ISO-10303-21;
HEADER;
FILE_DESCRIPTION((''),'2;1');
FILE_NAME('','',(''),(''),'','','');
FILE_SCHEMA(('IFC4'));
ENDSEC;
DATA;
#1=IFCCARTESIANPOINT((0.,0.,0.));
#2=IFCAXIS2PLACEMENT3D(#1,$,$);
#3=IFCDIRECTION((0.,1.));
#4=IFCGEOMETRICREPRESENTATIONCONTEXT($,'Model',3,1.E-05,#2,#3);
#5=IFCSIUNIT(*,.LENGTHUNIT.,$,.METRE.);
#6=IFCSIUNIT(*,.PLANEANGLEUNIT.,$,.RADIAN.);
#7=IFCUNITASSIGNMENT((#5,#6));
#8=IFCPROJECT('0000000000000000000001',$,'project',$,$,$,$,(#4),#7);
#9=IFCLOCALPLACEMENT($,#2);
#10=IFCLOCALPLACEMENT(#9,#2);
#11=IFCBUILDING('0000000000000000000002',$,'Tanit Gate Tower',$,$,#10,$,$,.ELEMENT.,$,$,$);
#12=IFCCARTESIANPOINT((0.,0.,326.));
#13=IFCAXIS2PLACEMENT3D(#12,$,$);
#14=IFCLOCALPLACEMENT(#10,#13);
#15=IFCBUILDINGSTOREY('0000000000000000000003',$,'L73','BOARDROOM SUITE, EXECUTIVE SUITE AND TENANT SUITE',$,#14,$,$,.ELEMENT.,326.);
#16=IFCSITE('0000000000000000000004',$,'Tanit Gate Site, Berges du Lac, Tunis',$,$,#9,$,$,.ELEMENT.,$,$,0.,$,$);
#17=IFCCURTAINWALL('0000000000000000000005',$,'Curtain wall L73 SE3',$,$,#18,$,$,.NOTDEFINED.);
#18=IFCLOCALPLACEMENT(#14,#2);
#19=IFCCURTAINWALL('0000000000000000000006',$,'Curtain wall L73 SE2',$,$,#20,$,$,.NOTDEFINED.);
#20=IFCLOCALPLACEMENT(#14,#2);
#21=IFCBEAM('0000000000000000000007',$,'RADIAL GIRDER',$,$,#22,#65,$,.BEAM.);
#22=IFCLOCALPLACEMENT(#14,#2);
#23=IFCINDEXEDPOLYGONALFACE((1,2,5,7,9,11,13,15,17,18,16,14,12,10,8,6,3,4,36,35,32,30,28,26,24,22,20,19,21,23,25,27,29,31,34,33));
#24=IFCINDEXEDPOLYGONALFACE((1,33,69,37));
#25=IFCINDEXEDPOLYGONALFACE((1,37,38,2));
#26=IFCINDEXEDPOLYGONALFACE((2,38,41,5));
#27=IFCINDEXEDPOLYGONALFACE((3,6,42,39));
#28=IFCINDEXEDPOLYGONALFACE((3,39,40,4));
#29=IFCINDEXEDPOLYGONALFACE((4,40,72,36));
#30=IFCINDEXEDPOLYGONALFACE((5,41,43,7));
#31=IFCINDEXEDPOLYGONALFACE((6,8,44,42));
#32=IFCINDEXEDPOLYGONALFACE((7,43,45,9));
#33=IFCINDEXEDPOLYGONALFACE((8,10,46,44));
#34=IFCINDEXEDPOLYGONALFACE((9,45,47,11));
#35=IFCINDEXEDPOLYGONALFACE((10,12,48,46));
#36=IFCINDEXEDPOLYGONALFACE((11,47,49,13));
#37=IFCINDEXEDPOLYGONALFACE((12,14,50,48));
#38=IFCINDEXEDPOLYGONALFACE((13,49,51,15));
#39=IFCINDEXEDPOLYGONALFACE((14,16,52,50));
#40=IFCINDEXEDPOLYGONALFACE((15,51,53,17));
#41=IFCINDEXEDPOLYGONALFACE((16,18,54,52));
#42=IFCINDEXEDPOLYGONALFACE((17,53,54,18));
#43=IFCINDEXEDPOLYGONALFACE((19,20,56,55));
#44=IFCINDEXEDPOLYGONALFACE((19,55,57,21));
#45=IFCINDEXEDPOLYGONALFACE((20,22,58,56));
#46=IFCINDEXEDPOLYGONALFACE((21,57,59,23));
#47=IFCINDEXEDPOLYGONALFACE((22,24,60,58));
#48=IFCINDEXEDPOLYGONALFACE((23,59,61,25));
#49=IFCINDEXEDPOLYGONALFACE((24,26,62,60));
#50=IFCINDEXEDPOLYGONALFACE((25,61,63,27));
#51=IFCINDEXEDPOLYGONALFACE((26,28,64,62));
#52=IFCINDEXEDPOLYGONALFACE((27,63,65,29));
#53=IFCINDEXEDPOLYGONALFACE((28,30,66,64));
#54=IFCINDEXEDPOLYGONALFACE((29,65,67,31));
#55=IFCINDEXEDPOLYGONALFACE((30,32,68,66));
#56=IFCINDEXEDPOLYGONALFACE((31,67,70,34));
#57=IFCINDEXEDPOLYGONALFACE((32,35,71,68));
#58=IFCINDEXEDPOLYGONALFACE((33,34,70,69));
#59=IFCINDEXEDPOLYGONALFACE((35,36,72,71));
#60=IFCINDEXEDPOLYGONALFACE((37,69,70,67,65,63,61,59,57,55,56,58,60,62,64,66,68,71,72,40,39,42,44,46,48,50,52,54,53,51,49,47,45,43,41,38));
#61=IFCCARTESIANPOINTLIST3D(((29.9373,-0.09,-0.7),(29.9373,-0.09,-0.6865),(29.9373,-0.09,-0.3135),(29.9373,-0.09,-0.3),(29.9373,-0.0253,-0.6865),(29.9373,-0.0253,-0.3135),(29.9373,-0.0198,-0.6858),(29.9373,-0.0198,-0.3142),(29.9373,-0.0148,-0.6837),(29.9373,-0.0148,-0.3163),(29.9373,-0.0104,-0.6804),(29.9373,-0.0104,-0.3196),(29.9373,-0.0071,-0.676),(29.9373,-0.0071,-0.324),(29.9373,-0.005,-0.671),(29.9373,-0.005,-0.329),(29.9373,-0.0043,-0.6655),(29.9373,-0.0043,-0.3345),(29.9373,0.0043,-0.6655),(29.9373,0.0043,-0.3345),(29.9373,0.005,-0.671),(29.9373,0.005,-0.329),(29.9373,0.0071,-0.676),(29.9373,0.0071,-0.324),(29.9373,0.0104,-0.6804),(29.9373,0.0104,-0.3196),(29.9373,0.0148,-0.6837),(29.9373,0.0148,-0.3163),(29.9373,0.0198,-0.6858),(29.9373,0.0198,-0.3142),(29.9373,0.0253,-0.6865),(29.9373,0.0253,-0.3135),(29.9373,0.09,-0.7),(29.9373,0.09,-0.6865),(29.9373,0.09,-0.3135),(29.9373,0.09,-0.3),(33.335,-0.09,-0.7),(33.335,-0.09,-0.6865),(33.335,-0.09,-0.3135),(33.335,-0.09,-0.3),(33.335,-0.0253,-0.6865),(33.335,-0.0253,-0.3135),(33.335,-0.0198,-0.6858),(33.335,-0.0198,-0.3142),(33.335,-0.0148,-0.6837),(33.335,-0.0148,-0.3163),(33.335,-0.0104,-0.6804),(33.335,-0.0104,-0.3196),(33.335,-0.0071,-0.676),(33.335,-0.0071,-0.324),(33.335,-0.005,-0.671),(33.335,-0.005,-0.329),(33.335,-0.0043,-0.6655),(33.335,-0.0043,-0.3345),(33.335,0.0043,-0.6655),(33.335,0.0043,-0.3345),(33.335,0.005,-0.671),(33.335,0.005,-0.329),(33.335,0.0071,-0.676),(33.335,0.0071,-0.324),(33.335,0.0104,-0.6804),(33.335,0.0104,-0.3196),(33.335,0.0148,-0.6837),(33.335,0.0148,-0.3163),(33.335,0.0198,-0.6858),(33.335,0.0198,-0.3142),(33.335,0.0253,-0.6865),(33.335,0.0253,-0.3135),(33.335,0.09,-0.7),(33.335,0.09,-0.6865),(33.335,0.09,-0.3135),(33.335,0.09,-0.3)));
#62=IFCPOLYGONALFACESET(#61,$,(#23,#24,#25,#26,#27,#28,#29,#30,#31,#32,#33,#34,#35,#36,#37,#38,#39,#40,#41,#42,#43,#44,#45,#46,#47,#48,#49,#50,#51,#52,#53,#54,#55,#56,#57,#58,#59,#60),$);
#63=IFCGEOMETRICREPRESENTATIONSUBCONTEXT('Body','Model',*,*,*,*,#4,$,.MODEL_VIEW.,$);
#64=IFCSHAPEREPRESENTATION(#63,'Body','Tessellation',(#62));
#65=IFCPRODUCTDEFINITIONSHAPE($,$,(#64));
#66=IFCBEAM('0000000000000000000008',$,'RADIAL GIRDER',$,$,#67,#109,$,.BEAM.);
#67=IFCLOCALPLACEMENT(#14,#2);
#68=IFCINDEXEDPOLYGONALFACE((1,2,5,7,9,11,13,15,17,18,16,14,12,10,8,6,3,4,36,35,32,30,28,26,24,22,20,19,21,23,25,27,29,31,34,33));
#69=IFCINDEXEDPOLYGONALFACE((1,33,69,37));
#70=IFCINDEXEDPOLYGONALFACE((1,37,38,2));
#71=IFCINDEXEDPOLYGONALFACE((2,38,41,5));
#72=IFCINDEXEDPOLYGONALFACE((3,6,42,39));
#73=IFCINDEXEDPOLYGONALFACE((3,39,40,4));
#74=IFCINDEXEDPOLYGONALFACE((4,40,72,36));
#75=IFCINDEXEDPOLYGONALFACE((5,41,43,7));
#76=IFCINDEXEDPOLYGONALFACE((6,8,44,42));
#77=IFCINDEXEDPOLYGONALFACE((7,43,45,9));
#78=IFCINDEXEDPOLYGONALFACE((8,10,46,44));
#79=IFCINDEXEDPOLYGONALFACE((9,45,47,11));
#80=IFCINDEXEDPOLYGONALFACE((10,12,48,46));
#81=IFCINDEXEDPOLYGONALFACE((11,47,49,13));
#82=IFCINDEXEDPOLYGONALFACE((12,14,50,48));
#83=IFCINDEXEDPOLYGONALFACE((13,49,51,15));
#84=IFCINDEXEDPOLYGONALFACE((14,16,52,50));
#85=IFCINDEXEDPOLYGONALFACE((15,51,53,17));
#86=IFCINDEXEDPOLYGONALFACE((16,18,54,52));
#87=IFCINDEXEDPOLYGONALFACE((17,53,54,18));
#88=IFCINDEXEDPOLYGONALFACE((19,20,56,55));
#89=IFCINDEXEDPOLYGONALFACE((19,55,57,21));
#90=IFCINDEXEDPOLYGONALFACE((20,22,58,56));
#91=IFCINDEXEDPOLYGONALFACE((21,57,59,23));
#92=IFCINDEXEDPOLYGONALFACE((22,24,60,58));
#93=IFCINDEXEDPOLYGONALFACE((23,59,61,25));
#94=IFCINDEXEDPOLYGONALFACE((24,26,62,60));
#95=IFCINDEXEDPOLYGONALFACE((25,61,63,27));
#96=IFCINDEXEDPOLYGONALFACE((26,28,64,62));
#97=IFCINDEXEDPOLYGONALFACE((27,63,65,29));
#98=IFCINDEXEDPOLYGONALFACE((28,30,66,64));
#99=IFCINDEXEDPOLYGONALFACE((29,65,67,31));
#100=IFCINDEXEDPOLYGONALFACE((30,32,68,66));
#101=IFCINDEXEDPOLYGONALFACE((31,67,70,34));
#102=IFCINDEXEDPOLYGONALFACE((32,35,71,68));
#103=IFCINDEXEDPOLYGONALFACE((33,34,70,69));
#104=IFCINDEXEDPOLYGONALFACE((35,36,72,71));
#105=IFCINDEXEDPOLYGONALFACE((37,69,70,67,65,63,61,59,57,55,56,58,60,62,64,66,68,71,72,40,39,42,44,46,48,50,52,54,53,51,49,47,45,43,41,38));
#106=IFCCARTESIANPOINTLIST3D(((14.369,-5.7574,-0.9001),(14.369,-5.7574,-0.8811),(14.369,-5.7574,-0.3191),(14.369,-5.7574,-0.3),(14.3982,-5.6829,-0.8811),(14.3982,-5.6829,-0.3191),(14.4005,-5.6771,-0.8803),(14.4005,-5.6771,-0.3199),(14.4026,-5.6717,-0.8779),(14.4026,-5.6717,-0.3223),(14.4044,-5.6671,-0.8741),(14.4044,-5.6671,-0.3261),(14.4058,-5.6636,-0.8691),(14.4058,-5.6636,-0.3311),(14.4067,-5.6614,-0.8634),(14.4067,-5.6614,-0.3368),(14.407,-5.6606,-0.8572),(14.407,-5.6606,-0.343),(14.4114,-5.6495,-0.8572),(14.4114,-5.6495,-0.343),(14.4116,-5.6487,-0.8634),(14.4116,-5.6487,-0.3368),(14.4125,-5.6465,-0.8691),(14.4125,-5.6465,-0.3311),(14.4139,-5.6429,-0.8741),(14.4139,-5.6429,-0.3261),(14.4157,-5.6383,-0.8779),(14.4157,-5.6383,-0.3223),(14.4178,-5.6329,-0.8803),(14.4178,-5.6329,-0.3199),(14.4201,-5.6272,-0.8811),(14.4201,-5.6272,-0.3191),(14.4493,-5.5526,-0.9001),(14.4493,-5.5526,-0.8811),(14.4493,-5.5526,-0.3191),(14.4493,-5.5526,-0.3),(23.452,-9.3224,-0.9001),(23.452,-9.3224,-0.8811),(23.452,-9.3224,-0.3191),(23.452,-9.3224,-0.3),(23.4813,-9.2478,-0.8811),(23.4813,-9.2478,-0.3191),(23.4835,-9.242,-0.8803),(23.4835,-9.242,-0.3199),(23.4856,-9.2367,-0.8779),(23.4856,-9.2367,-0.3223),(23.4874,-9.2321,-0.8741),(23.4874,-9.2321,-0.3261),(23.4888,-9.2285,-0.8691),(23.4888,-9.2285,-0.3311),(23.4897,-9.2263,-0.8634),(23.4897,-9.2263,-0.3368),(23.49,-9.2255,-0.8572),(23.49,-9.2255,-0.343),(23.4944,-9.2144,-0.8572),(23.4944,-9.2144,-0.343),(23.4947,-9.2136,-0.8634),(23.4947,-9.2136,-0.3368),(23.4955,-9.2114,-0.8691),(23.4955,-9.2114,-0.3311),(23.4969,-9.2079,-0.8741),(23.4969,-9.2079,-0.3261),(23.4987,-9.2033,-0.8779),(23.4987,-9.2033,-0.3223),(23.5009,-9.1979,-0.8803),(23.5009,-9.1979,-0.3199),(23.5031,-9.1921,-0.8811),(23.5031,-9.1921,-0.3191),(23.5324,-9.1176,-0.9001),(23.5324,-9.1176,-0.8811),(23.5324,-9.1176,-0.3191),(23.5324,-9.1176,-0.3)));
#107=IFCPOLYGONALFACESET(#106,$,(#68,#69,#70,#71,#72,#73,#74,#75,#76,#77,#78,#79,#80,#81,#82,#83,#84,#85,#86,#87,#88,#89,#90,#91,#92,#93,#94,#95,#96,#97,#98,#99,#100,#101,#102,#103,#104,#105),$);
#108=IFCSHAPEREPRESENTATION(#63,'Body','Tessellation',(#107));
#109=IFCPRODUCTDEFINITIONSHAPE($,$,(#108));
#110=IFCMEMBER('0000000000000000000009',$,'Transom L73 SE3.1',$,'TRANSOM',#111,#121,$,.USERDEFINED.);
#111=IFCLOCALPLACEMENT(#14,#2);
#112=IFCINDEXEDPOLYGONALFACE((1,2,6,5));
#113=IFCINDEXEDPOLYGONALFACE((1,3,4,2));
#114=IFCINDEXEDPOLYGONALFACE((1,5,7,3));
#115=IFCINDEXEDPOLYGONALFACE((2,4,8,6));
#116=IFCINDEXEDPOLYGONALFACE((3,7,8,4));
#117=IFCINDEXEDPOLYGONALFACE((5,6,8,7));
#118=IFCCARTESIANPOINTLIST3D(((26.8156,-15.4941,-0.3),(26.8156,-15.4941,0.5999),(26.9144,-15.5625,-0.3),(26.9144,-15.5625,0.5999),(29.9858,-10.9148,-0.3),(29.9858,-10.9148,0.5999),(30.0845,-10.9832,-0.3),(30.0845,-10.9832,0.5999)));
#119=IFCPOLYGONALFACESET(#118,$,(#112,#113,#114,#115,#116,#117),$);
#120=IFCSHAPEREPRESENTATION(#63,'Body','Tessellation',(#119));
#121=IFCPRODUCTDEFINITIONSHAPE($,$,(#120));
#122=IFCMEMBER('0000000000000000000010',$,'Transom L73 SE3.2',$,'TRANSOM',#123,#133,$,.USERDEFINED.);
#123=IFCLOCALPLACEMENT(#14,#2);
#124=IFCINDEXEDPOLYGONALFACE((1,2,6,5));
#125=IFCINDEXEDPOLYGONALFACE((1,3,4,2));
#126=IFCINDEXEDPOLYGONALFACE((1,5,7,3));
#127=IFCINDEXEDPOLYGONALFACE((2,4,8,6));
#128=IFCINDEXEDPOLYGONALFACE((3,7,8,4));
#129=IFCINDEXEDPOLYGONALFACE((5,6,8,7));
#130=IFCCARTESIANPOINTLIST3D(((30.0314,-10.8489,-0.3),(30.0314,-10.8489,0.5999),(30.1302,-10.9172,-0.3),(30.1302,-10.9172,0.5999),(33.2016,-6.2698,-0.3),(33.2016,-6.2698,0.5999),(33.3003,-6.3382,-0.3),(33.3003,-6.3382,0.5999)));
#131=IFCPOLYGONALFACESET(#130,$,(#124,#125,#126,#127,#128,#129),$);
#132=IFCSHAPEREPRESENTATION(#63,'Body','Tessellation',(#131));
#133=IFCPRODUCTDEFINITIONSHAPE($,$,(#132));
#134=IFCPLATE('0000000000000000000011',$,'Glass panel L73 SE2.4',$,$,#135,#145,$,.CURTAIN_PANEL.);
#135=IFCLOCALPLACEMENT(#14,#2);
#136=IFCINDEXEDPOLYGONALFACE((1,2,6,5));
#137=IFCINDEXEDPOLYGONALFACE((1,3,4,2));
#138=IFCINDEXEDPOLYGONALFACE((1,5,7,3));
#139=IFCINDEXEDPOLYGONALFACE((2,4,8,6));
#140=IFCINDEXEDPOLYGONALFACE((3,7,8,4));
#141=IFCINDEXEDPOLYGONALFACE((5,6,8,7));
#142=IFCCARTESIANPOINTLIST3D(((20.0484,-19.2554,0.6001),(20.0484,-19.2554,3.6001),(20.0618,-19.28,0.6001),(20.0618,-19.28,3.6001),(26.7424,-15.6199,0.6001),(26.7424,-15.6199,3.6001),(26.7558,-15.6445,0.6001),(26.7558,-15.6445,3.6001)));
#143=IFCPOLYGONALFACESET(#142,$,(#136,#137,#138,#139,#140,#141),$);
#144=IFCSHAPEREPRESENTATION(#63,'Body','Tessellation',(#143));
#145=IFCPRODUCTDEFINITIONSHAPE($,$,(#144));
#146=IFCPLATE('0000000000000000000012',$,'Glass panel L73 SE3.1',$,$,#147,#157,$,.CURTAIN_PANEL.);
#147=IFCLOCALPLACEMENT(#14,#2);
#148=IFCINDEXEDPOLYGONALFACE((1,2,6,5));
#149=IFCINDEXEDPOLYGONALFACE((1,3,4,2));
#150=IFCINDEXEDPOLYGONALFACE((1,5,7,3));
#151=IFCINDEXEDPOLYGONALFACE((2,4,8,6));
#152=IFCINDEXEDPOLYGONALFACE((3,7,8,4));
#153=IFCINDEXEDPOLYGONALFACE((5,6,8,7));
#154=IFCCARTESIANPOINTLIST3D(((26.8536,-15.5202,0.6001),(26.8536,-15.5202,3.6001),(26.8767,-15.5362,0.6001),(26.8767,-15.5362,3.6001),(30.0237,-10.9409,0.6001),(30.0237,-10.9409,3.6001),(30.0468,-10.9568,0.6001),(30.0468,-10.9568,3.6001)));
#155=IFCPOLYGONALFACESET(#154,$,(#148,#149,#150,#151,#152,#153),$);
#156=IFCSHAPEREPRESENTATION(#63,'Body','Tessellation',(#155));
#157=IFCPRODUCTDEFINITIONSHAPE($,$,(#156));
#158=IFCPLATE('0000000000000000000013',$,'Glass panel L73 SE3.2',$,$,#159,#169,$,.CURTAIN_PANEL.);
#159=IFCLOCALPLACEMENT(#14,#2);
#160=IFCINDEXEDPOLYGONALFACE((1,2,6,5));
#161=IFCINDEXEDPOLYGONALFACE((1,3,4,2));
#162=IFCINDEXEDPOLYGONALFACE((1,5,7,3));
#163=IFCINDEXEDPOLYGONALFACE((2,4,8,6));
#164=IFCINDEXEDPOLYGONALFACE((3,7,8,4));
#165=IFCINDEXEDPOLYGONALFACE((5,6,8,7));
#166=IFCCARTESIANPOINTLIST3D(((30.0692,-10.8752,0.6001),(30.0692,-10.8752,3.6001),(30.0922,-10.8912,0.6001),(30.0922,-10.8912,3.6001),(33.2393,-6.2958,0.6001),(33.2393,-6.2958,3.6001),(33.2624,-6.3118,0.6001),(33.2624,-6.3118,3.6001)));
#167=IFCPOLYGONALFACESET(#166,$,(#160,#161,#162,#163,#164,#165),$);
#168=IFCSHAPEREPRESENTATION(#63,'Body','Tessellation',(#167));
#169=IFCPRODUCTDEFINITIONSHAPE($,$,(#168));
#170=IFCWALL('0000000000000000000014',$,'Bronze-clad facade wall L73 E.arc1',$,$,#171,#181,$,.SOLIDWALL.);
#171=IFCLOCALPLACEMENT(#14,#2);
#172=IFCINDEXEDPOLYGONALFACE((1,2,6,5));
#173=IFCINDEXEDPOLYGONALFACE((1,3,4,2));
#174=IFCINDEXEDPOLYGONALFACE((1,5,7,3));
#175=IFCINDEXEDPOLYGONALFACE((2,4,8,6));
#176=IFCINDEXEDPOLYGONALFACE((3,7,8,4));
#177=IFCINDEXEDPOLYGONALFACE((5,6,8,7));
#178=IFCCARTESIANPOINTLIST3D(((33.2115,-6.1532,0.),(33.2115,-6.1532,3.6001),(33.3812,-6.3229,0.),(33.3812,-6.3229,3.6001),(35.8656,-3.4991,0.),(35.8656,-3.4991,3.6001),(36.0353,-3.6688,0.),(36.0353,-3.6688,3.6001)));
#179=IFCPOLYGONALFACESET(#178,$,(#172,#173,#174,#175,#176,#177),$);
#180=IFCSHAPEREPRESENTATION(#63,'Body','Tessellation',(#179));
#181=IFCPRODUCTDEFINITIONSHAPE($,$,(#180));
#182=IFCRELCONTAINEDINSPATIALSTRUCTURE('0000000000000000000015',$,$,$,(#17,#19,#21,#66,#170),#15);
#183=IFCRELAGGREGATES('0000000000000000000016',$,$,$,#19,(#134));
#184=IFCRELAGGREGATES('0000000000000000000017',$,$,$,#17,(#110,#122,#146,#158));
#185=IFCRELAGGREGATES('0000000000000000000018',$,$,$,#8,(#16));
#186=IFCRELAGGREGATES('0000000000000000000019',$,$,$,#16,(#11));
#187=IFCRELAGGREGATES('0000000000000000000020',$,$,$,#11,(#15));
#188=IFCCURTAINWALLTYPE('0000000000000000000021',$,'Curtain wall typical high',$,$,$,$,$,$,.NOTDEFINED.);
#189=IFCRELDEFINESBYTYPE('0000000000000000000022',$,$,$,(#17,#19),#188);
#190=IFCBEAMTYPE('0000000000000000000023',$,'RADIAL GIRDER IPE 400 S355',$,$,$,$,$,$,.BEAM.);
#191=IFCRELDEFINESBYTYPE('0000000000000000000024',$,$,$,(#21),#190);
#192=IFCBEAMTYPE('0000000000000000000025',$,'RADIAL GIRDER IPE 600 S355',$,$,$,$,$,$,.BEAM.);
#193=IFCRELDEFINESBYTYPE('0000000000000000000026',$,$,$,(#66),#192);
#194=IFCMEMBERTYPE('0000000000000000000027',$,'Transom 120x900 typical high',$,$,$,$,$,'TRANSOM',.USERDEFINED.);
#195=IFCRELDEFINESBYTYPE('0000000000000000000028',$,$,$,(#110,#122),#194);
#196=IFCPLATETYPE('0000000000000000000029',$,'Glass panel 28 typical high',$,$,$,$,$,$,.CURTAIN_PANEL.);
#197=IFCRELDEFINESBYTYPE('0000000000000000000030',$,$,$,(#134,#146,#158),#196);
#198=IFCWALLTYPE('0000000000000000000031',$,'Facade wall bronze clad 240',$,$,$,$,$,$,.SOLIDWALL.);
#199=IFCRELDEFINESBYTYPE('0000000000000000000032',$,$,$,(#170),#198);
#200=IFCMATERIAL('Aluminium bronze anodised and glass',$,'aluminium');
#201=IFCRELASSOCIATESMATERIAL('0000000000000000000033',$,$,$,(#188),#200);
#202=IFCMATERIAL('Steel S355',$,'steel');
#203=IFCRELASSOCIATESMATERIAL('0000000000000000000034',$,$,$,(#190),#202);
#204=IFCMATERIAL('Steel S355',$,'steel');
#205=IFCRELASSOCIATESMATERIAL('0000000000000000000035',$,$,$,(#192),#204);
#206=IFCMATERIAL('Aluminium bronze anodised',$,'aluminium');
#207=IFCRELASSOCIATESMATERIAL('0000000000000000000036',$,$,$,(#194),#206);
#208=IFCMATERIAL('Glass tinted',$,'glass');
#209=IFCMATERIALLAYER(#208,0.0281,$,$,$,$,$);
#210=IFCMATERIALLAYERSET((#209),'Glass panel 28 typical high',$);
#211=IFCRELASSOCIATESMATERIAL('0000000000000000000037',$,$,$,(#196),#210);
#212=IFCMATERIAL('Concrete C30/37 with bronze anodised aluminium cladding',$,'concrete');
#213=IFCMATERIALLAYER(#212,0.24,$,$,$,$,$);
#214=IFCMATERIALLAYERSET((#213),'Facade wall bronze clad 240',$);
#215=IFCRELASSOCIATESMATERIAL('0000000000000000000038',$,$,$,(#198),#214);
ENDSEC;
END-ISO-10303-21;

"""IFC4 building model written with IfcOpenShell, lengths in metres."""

from ifc_helpers import new_model, si_unit, direction, frame, frame_2d, origin, origin_2d, place, context, subcontext, project, spatial, rectangle, i_section, extrude, material, layer, layer_set, material_profile, profile_set, type_object, element, aggregate, save


model = new_model("IFC4")

# Units and contexts
model_context = context("Model", 3, precision=1e-05, world=origin(), true_north=direction((0.0, 1.0)))
body_context = subcontext(model_context, "Body", "Model", "MODEL_VIEW")
ifc_project = project(units=[si_unit("LENGTHUNIT", "METRE"), si_unit("PLANEANGLEUNIT", "RADIAN")], contexts=[model_context])

# Site, building, storey
site_placement = place(None, origin())
site = spatial("IfcSite", under=ifc_project, at=site_placement, Name="Tanit Gate Site, Berges du Lac, Tunis", CompositionType="ELEMENT", RefElevation=0.0)
building_placement = place(site_placement, origin())
building = spatial("IfcBuilding", under=site, at=building_placement, Name="Tanit Gate Tower", CompositionType="ELEMENT")
storey_placement = place(building_placement, frame((0.0, 0.0, 326.0)))
storey = spatial("IfcBuildingStorey", under=building, at=storey_placement, Name="L73", Description="BOARDROOM SUITE, EXECUTIVE SUITE AND TENANT SUITE", CompositionType="ELEMENT", Elevation=326.0)

# Curtain wall
ifc_material_1 = material(Name="Aluminium bronze anodised and glass", Category="aluminium")
curtain_wall_type = type_object("IfcCurtainWallType", Name="Curtain wall typical high", PredefinedType="NOTDEFINED", material=ifc_material_1)
curtain_wall_1_placement = place(storey_placement, origin())
curtain_wall_1 = element("IfcCurtainWall", 1, at=curtain_wall_1_placement, inside=storey, type_object=curtain_wall_type, Name="Curtain wall L73 SE3", PredefinedType="NOTDEFINED")

# Curtain wall
curtain_wall_2_placement = place(storey_placement, origin())
curtain_wall_2 = element("IfcCurtainWall", 2, at=curtain_wall_2_placement, inside=storey, type_object=curtain_wall_type, Name="Curtain wall L73 SE2", PredefinedType="NOTDEFINED")

# Beams
ifc_material_2 = material(Name="Steel S355", Category="steel")
ifc_material_profile_1 = material_profile(ifc_material_2, i_section(OverallWidth=0.1799, OverallDepth=0.3999, WebThickness=0.0085, FlangeThickness=0.0134, FilletRadius=0.021, at=origin_2d()), Name="IPE 400")
ifc_profile_set_1 = profile_set([ifc_material_profile_1], Name="Steel S355")
beam_type_1 = type_object("IfcBeamType", Name="RADIAL GIRDER IPE 400 S355", PredefinedType="BEAM", material=ifc_profile_set_1)
beam_1_placement = place(storey_placement, frame((33.335, 0.0, -0.5), z_axis=(-1.0, 0.0, 0.0), x_axis=(0.0, -1.0, 0.0)))
element("IfcBeam", 3, at=beam_1_placement, inside=storey, type_object=beam_type_1, Name="RADIAL GIRDER", PredefinedType="BEAM", context=body_context, shape_type="SweptSolid", body=[
    extrude(i_section(OverallWidth=0.1799, OverallDepth=0.3999, WebThickness=0.0085, FlangeThickness=0.0134, FilletRadius=0.021, at=origin_2d()), origin(), (0.0, 0.0, 1.0), 3.3977),
])
ifc_material_3 = material(Name="Steel S355", Category="steel")
ifc_material_profile_2 = material_profile(ifc_material_3, i_section(OverallWidth=0.22, OverallDepth=0.6001, WebThickness=0.012, FlangeThickness=0.019, FilletRadius=0.0239, at=origin_2d()), Name="IPE 600")
ifc_profile_set_2 = profile_set([ifc_material_profile_2], Name="Steel S355")
beam_type_2 = type_object("IfcBeamType", Name="RADIAL GIRDER IPE 600 S355", PredefinedType="BEAM", material=ifc_profile_set_2)
beam_2_placement = place(storey_placement, frame((23.4922, -9.22, -0.6001), z_axis=(-0.930869, 0.365352, 0.0), x_axis=(-0.365352, -0.930869, 0.0)))
element("IfcBeam", 4, at=beam_2_placement, inside=storey, type_object=beam_type_2, Name="RADIAL GIRDER", PredefinedType="BEAM", context=body_context, shape_type="SweptSolid", body=[
    extrude(i_section(OverallWidth=0.22, OverallDepth=0.6001, WebThickness=0.012, FlangeThickness=0.019, FilletRadius=0.0239, at=origin_2d()), origin(), (0.0, 0.0, 1.0), 9.7576),
])

# Members
ifc_material_4 = material(Name="Aluminium bronze anodised", Category="aluminium")
ifc_material_profile_3 = material_profile(ifc_material_4, rectangle(XDim=0.1201, YDim=0.8999, at=origin_2d()), Name="120x900 bronze transom")
ifc_profile_set_3 = profile_set([ifc_material_profile_3], Name="Aluminium bronze anodised")
member_type_1 = type_object("IfcMemberType", Name="Transom 120x900 typical high", ElementType="TRANSOM", PredefinedType="USERDEFINED", material=ifc_profile_set_3)
member_1_placement = place(storey_placement, frame((26.865, -15.5283, 0.1499), z_axis=(0.569192, 0.822205, 0.0), x_axis=(-0.822205, 0.569192, 0.0)))
member_1 = element("IfcMember", 5, at=member_1_placement, type_object=member_type_1, Name="Transom L73 SE3.1", ObjectType="TRANSOM", PredefinedType="USERDEFINED", context=body_context, shape_type="SweptSolid", body=[
    extrude(rectangle(XDim=0.1201, YDim=0.8999, at=origin_2d()), origin(), (0.0, 0.0, 1.0), 5.5696),
])
member_2_placement = place(storey_placement, frame((30.0808, -10.8831, 0.1499), z_axis=(0.569212, 0.822191, 0.0), x_axis=(-0.822191, 0.569212, 0.0)))
member_2 = element("IfcMember", 6, at=member_2_placement, type_object=member_type_1, Name="Transom L73 SE3.2", ObjectType="TRANSOM", PredefinedType="USERDEFINED", context=body_context, shape_type="SweptSolid", body=[
    extrude(rectangle(XDim=0.1201, YDim=0.8999, at=origin_2d()), origin(), (0.0, 0.0, 1.0), 5.5693),
])

# Plates
ifc_material_5 = material(Name="Glass tinted", Category="glass")
ifc_layer_1 = layer(ifc_material_5, 0.0281)
ifc_layer_set_1 = layer_set([ifc_layer_1], Name="Glass panel 28 typical high")
plate_type = type_object("IfcPlateType", Name="Glass panel 28 typical high", PredefinedType="CURTAIN_PANEL", material=ifc_layer_set_1)
plate_1_placement = place(storey_placement, frame((23.4021, -17.45, 0.6001), z_axis=(0.0, 0.0, 1.0), x_axis=(0.878762, 0.477259, 0.0)))
plate_1 = element("IfcPlate", 7, at=plate_1_placement, type_object=plate_type, Name="Glass panel L73 SE2.4", PredefinedType="CURTAIN_PANEL", context=body_context, shape_type="SweptSolid", body=[
    extrude(rectangle(XDim=7.6174, YDim=0.0281, at=origin_2d()), origin(), (0.0, 0.0, 1.0), 3.0),
])
aggregate(curtain_wall_2, [plate_1])
plate_2_placement = place(storey_placement, frame((28.4502, -13.2385, 0.6001), z_axis=(0.0, 0.0, 1.0), x_axis=(0.56919, 0.822206, 0.0)))
plate_2 = element("IfcPlate", 8, at=plate_2_placement, type_object=plate_type, Name="Glass panel L73 SE3.1", PredefinedType="CURTAIN_PANEL", context=body_context, shape_type="SweptSolid", body=[
    extrude(rectangle(XDim=5.5696, YDim=0.0281, at=origin_2d()), origin(), (0.0, 0.0, 1.0), 3.0),
])
plate_3_placement = place(storey_placement, frame((31.6658, -8.5935, 0.6001), z_axis=(0.0, 0.0, 1.0), x_axis=(0.56919, 0.822206, 0.0)))
plate_3 = element("IfcPlate", 9, at=plate_3_placement, type_object=plate_type, Name="Glass panel L73 SE3.2", PredefinedType="CURTAIN_PANEL", context=body_context, shape_type="SweptSolid", body=[
    extrude(rectangle(XDim=5.5696, YDim=0.0281, at=origin_2d()), origin(), (0.0, 0.0, 1.0), 3.0),
])
aggregate(curtain_wall_1, [member_1, member_2, plate_2, plate_3])

# Wall
ifc_material_6 = material(Name="Concrete C30/37 with bronze anodised aluminium cladding", Category="concrete")
ifc_layer_2 = layer(ifc_material_6, 0.24)
ifc_layer_set_2 = layer_set([ifc_layer_2], Name="Facade wall bronze clad 240")
wall_type_1 = type_object("IfcWallType", Name="Facade wall bronze clad 240", PredefinedType="SOLIDWALL", material=ifc_layer_set_2)
wall_1_placement = place(storey_placement, frame((33.2964, -6.238, 0.0), z_axis=(0.0, 0.0, 1.0), x_axis=(0.707107, 0.707107, 0.0)))
element("IfcWall", 10, at=wall_1_placement, inside=storey, type_object=wall_type_1, Name="Bronze-clad facade wall L73 E.arc1", PredefinedType="SOLIDWALL", context=body_context, shape_type="SweptSolid", body=[
    extrude(rectangle(XDim=3.7534, YDim=0.24, at=frame_2d((1.8767, 0.0))), origin(), (0.0, 0.0, 1.0), 3.6001),
])

save(model, "model.ifc")
